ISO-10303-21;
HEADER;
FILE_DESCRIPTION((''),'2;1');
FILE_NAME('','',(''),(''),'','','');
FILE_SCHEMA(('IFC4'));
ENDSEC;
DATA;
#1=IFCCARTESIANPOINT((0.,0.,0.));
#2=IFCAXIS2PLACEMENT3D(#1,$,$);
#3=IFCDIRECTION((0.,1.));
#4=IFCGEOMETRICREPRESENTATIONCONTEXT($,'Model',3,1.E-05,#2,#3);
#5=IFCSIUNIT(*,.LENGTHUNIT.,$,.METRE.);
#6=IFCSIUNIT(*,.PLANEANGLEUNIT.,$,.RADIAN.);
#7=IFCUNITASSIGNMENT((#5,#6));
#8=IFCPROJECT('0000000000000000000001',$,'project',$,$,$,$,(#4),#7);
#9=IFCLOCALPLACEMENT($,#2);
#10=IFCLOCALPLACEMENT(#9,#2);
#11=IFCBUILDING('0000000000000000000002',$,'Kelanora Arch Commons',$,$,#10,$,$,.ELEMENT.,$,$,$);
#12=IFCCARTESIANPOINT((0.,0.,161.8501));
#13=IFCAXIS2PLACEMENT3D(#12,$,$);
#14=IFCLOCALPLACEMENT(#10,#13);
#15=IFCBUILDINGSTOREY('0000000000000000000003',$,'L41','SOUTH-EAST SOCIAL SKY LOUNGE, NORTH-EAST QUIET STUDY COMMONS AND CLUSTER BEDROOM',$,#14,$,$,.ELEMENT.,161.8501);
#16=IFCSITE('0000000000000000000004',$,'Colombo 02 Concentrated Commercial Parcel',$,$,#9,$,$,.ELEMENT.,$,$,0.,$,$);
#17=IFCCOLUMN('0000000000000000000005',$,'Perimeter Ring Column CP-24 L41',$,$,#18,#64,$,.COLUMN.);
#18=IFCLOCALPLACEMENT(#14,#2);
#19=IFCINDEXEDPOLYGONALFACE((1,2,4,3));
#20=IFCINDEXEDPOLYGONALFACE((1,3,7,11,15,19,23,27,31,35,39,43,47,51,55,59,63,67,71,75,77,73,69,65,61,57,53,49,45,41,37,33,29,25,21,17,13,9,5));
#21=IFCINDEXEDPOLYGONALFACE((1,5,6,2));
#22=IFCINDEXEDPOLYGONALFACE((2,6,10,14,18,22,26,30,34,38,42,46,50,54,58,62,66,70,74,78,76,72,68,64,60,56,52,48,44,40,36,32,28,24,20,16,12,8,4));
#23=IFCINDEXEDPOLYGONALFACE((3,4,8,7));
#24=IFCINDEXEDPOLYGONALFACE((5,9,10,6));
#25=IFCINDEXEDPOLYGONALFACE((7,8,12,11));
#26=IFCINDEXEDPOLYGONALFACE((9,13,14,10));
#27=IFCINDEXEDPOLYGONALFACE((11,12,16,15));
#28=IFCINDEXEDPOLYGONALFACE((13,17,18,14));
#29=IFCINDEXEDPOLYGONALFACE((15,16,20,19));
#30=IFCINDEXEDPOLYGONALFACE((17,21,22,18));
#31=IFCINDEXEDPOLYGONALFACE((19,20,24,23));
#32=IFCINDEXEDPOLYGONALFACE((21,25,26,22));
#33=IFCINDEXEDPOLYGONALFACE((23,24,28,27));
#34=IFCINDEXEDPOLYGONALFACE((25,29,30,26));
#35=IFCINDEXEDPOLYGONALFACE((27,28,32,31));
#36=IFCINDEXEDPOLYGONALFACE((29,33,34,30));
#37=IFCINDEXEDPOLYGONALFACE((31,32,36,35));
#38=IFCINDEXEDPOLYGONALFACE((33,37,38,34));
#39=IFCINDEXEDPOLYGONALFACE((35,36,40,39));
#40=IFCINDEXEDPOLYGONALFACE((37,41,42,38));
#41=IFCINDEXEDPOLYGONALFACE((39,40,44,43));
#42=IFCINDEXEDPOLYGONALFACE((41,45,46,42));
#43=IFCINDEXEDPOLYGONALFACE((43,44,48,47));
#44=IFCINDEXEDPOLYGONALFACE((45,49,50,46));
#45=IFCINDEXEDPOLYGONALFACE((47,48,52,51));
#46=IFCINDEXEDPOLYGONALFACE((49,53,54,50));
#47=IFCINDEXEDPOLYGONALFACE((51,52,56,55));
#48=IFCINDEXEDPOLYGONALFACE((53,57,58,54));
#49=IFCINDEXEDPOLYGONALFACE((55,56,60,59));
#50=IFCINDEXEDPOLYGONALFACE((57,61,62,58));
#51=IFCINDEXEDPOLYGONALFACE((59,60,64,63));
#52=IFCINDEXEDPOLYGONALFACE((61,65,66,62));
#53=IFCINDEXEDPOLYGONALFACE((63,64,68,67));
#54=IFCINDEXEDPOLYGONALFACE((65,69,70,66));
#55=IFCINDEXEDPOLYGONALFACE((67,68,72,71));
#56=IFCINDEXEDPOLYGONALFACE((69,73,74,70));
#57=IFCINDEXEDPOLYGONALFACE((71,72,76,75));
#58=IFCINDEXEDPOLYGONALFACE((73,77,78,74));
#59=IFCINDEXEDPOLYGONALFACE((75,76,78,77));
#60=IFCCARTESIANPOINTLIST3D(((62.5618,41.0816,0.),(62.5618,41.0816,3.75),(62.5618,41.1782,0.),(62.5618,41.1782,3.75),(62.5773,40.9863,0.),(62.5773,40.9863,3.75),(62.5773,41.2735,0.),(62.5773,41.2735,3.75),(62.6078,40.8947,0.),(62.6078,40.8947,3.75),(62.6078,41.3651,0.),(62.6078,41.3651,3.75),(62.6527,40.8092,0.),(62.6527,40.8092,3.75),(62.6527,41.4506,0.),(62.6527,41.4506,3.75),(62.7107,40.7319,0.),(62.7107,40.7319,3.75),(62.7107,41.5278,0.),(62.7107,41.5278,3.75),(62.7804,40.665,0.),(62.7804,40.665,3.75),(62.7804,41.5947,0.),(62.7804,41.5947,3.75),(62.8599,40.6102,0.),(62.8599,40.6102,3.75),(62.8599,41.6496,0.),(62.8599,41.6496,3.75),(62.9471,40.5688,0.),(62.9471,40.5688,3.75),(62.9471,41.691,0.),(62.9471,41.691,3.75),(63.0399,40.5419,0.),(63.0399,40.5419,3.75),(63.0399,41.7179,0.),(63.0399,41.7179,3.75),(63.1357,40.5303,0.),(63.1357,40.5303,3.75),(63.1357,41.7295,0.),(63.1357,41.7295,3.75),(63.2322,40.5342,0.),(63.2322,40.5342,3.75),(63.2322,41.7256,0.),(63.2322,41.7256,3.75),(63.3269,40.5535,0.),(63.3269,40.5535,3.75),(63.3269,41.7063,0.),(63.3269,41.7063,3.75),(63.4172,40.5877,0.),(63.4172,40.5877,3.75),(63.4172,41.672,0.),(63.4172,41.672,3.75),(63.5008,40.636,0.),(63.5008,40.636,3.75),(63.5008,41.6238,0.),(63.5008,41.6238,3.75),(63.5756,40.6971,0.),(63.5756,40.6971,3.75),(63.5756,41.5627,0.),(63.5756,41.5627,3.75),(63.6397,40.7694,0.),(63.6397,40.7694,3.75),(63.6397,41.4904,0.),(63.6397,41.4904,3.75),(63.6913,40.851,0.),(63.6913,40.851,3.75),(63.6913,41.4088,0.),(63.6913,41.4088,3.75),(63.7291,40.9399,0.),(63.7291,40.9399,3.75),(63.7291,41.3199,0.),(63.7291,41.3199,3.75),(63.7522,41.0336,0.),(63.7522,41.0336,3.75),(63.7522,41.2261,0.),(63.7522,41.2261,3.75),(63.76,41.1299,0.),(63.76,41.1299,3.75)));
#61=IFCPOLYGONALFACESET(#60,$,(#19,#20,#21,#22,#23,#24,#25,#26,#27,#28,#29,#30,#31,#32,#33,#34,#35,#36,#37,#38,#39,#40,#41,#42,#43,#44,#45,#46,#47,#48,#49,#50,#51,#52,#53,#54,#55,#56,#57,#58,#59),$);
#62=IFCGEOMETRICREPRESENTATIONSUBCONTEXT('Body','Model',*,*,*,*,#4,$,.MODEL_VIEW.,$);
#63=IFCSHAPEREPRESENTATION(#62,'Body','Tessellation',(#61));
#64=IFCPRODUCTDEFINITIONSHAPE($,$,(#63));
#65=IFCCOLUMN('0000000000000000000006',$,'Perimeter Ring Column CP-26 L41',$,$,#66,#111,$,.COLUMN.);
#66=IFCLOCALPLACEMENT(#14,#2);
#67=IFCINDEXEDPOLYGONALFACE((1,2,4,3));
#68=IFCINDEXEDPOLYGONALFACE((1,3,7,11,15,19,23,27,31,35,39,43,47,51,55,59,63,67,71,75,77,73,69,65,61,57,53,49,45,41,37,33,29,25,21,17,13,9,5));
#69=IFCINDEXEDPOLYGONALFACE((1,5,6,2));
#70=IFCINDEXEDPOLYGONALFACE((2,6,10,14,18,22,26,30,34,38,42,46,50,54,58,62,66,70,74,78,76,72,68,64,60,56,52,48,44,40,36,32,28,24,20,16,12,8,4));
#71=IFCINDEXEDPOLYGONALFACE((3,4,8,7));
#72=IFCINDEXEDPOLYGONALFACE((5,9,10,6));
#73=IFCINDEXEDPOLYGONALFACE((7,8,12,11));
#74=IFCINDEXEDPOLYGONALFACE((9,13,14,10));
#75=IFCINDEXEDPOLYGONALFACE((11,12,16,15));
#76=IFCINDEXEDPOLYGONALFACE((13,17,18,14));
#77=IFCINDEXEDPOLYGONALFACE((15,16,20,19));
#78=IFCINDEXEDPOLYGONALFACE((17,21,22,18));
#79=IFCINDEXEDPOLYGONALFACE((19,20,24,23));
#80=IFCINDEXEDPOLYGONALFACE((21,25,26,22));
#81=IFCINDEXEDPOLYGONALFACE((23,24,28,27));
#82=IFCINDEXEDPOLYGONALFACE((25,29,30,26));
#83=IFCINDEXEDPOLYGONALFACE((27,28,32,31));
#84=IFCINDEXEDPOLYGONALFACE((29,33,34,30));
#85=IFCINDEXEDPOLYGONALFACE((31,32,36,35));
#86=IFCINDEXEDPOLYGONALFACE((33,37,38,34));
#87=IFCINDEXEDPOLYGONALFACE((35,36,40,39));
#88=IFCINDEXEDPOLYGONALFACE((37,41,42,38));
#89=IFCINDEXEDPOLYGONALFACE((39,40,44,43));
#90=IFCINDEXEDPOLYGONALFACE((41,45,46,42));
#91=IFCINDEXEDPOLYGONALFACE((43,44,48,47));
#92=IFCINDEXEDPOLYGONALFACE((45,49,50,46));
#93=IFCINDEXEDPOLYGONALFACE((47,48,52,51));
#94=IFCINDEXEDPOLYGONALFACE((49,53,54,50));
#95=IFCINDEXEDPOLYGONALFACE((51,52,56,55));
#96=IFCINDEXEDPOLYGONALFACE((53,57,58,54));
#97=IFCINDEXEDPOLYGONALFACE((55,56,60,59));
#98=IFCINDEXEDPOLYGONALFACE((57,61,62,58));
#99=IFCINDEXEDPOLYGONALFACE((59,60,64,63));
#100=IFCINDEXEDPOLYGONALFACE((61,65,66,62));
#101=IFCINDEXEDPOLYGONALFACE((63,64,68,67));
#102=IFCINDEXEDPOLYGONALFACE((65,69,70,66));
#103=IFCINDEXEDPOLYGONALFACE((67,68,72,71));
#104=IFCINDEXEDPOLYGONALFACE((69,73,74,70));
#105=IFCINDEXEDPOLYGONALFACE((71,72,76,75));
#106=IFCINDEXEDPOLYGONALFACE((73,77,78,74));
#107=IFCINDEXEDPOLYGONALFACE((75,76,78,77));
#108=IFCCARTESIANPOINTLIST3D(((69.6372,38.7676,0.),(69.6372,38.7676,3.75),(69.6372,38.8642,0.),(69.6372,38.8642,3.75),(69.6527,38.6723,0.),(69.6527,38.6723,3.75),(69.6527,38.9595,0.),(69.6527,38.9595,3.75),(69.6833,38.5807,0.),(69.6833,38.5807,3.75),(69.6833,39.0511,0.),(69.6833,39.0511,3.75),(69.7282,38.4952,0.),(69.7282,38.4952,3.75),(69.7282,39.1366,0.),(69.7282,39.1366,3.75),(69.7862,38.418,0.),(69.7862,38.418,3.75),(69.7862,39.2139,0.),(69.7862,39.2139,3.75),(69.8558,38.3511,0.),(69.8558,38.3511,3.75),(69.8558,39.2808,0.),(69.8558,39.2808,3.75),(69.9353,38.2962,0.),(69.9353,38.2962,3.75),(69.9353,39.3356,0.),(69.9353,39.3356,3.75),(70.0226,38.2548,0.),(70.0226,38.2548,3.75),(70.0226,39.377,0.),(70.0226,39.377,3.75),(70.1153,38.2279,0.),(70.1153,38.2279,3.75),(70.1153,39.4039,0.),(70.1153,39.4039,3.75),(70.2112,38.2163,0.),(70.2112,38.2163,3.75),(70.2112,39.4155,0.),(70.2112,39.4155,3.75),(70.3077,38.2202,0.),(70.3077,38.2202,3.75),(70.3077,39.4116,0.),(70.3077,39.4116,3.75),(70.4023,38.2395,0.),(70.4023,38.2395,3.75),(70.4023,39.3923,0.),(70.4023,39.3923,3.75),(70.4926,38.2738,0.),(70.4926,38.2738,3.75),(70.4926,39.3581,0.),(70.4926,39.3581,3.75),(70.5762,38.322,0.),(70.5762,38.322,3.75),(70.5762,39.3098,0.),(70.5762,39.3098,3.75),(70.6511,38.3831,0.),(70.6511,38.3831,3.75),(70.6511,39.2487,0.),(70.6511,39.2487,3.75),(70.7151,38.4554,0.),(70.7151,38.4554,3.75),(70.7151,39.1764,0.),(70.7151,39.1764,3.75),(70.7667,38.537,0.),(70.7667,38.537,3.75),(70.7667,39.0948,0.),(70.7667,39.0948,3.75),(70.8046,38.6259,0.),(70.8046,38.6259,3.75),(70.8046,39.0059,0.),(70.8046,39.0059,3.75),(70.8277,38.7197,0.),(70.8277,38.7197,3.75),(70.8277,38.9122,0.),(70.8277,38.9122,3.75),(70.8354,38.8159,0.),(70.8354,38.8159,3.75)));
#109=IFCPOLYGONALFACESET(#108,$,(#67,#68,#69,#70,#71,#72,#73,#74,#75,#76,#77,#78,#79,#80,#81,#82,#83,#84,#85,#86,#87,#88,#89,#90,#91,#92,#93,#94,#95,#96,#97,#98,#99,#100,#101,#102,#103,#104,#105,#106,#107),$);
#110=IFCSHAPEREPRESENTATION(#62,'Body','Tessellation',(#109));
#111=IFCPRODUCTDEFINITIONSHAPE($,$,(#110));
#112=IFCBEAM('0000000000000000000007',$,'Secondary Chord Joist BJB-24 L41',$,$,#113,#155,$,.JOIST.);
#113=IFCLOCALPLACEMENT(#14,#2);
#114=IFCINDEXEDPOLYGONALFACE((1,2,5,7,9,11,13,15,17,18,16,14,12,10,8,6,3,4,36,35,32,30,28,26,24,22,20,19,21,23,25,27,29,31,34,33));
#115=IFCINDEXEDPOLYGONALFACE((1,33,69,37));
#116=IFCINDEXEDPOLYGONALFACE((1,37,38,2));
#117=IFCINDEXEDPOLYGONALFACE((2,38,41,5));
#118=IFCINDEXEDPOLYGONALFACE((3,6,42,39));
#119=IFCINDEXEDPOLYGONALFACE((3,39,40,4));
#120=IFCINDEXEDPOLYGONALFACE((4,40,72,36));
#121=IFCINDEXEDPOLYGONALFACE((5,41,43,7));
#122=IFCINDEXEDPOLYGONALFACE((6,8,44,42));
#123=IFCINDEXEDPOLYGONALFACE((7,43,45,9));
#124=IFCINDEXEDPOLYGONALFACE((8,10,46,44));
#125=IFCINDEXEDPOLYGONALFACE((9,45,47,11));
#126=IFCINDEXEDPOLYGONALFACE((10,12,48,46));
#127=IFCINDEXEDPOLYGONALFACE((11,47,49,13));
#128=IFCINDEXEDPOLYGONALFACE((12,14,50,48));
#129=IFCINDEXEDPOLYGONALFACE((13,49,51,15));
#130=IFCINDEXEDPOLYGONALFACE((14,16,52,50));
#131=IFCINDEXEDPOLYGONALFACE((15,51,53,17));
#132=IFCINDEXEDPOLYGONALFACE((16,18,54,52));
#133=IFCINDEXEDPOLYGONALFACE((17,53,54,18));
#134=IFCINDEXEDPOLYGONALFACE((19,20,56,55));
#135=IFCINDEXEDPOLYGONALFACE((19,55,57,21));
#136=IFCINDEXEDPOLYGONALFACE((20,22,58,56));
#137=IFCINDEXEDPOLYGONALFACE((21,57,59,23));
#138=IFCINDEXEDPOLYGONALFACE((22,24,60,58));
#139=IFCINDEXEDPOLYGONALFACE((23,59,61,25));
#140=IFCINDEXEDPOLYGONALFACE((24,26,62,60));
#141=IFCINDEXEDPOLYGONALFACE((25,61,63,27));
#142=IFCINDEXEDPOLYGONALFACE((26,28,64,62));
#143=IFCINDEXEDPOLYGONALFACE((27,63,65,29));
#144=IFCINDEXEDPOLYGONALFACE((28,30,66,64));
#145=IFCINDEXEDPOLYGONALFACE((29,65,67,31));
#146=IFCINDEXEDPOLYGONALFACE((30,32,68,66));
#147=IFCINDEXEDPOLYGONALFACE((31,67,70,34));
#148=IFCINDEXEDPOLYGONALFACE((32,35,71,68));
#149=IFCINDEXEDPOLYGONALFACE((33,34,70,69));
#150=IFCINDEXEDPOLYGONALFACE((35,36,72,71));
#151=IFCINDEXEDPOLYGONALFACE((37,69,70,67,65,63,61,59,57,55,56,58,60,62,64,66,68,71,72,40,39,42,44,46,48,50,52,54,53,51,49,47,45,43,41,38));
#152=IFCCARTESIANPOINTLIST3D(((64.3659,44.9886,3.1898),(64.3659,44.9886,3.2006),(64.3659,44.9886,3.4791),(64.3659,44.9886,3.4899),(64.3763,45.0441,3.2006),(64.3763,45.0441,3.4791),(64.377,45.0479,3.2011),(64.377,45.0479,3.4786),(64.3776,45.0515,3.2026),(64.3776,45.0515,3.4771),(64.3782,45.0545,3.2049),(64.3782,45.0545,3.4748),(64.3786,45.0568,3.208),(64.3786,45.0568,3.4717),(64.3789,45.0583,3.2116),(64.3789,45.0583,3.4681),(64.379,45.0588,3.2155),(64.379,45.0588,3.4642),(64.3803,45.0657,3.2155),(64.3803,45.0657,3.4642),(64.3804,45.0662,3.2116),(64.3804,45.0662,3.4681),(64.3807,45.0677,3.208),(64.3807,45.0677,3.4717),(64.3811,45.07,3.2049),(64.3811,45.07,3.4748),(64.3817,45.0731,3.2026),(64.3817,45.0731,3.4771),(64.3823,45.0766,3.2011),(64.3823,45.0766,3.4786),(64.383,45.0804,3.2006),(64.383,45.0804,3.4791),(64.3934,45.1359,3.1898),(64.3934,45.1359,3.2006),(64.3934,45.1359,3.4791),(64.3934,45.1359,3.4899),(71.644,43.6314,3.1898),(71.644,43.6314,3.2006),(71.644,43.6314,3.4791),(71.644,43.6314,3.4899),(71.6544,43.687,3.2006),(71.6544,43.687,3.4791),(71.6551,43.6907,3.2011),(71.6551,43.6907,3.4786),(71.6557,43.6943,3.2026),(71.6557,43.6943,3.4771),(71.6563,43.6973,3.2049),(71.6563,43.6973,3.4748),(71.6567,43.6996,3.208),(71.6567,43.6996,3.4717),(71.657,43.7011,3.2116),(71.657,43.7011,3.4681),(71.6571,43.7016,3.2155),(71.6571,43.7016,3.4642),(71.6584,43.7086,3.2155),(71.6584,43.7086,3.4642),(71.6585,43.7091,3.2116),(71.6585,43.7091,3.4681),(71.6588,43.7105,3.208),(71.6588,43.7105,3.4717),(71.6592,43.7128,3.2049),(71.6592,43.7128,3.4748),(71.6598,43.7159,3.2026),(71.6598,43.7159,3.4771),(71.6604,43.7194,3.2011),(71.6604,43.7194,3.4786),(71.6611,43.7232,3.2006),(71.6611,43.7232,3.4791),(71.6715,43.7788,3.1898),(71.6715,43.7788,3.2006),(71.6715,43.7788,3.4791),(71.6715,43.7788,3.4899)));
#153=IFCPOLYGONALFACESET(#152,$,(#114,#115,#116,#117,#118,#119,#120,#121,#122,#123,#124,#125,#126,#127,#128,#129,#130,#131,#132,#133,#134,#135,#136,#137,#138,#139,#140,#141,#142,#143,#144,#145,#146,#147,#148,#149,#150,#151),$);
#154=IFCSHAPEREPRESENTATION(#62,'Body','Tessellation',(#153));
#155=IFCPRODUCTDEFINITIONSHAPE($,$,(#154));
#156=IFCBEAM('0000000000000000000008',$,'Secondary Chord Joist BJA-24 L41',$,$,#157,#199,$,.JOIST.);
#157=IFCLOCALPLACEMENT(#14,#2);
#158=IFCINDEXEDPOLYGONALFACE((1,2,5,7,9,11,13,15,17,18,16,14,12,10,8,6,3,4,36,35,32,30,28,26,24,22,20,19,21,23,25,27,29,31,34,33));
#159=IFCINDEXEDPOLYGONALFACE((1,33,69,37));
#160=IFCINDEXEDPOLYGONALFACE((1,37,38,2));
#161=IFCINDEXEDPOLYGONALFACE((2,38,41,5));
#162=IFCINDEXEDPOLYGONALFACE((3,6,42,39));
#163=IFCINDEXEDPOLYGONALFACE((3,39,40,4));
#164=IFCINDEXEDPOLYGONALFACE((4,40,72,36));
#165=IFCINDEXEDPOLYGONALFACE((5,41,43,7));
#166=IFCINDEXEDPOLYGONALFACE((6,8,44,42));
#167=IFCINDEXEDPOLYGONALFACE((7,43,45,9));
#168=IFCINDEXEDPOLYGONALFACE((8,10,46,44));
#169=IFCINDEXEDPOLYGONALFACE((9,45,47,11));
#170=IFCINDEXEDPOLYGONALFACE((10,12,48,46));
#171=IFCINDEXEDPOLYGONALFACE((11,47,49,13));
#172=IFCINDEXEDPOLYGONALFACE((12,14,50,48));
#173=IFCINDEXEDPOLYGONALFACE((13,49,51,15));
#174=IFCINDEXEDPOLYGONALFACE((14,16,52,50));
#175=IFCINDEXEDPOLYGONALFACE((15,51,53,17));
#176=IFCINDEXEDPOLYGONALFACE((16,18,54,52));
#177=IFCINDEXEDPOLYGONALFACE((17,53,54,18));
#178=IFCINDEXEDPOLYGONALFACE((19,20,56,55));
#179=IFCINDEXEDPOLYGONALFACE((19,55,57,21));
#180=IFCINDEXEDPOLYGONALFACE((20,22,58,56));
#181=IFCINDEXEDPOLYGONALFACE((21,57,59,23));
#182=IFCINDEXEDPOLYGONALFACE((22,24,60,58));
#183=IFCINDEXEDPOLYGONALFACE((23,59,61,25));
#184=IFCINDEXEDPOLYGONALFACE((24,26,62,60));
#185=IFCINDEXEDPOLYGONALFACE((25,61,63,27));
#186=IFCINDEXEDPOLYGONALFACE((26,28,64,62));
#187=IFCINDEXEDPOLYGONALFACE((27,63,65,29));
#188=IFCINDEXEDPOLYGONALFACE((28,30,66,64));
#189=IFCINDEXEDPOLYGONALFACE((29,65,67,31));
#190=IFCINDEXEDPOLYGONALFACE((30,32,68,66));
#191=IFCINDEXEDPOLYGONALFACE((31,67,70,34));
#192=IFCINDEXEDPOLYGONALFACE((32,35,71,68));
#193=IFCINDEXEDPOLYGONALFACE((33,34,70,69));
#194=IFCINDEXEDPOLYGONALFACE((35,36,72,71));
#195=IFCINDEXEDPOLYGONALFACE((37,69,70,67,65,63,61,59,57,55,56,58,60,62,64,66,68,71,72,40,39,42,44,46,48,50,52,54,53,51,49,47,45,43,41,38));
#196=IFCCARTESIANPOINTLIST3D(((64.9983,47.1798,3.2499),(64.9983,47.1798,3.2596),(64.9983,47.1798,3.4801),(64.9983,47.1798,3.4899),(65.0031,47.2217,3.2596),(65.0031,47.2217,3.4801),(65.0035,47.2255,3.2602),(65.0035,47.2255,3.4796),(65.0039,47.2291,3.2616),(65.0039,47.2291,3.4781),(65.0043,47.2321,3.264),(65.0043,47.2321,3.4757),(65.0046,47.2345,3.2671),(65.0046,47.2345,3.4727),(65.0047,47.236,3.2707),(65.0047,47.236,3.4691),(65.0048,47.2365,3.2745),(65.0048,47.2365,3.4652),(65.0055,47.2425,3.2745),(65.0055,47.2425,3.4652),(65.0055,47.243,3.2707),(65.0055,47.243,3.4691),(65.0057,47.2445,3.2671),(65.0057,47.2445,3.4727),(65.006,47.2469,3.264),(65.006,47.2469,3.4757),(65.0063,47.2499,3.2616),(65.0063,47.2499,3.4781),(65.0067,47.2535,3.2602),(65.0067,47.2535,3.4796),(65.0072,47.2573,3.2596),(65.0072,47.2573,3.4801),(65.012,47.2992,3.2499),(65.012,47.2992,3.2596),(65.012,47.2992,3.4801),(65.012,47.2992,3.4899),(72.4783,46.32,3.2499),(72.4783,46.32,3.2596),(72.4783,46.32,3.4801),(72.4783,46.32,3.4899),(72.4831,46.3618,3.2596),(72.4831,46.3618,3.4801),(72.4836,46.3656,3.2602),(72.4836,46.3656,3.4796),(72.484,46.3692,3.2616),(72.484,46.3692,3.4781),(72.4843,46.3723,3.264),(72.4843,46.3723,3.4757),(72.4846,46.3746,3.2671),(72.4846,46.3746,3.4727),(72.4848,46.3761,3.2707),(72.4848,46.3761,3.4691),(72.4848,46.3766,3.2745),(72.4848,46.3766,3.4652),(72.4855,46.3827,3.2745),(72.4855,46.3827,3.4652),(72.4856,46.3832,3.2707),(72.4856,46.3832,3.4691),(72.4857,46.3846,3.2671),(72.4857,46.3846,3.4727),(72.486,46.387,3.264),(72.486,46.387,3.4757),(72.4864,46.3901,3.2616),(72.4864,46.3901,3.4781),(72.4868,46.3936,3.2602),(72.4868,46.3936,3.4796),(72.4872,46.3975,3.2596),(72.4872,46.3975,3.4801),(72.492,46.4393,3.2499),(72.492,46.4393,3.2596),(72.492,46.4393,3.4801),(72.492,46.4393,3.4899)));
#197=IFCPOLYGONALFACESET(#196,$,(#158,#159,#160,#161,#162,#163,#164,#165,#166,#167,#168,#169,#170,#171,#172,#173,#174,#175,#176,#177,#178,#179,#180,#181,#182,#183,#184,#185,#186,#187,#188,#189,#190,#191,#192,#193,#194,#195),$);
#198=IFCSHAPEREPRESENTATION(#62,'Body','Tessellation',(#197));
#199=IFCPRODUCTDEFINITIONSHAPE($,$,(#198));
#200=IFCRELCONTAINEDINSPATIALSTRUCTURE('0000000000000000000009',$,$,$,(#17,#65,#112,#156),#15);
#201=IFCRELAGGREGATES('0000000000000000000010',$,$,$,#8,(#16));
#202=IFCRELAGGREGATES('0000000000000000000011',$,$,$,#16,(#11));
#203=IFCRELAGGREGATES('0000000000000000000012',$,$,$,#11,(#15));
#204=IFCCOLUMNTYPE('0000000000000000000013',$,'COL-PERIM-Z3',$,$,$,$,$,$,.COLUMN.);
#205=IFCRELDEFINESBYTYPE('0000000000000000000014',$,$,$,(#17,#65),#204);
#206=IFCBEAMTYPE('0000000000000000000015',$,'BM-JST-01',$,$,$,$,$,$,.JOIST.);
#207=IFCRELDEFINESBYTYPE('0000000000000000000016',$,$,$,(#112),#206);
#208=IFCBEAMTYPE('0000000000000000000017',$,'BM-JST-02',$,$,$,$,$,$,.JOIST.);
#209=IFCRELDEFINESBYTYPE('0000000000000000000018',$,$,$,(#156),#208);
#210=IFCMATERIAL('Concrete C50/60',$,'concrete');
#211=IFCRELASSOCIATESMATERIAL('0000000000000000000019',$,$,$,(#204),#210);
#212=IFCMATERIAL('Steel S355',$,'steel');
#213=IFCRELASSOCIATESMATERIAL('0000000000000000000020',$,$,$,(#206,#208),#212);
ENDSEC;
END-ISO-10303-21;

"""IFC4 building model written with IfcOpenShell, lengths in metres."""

from ifc_helpers import new_model, si_unit, direction, frame, origin, origin_2d, place, context, subcontext, project, spatial, circle, i_section, extrude, material, material_profile, profile_set, type_object, element, save


model = new_model("IFC4")

# Units and contexts
model_context = context("Model", 3, precision=1e-05, world=origin(), true_north=direction((0.0, 1.0)))
body_context = subcontext(model_context, "Body", "Model", "MODEL_VIEW")
ifc_project = project(units=[si_unit("LENGTHUNIT", "METRE"), si_unit("PLANEANGLEUNIT", "RADIAN")], contexts=[model_context])

# Site, building, storey
site_placement = place(None, origin())
site = spatial("IfcSite", under=ifc_project, at=site_placement, Name="Colombo 02 Concentrated Commercial Parcel", CompositionType="ELEMENT", RefElevation=0.0)
building_placement = place(site_placement, origin())
building = spatial("IfcBuilding", under=site, at=building_placement, Name="Kelanora Arch Commons", CompositionType="ELEMENT")
storey_placement = place(building_placement, frame((0.0, 0.0, 161.8501)))
storey = spatial("IfcBuildingStorey", under=building, at=storey_placement, Name="L41", Description="SOUTH-EAST SOCIAL SKY LOUNGE, NORTH-EAST QUIET STUDY COMMONS AND CLUSTER BEDROOM", CompositionType="ELEMENT", Elevation=161.8501)

# Columns
ifc_material_1 = material(Name="Concrete C50/60", Category="concrete")
ifc_material_profile_1 = material_profile(ifc_material_1, circle(Radius=0.6001, at=origin_2d()), Name="RCC1200")
ifc_profile_set_1 = profile_set([ifc_material_profile_1], Name="Concrete C50/60")
column_type = type_object("IfcColumnType", Name="COL-PERIM-Z3", PredefinedType="COLUMN", material=ifc_profile_set_1)
for number, where, z_axis, x_axis, name in (
    (1, (63.1599, 41.1299, 0.0), (0.0, 0.0, 1.0), (1.0, 0.0, 0.0), "Perimeter Ring Column CP-24 L41"),
    (2, (70.2354, 38.8159, 0.0), (0.0, 0.0, 1.0), (1.0, 0.0, 0.0), "Perimeter Ring Column CP-26 L41"),
):
    element("IfcColumn", number, at=place(storey_placement, frame(where, z_axis=z_axis, x_axis=x_axis)), inside=storey, type_object=column_type, Name=name, PredefinedType="COLUMN", context=body_context, shape_type="SweptSolid", body=[
        extrude(circle(Radius=0.6001, at=origin_2d()), origin(), (0.0, 0.0, 1.0), 3.75),
    ])

# Beams
ifc_material_2 = material(Name="Steel S355", Category="steel")
ifc_material_profile_2 = material_profile(ifc_material_2, i_section(OverallWidth=0.1499, OverallDepth=0.3, WebThickness=0.0071, FlangeThickness=0.0107, FilletRadius=0.0149, at=origin_2d()), Name="IPE300")
ifc_profile_set_2 = profile_set([ifc_material_profile_2], Name="Steel S355")
beam_type_1 = type_object("IfcBeamType", Name="BM-JST-01", PredefinedType="JOIST", material=ifc_profile_set_2)
beam_1_placement = place(storey_placement, frame((64.3796, 45.0623, 3.3398), z_axis=(0.983054, -0.183315, 0.0), x_axis=(0.183315, 0.983054, 0.0)))
element("IfcBeam", 3, at=beam_1_placement, inside=storey, type_object=beam_type_1, Name="Secondary Chord Joist BJB-24 L41", PredefinedType="JOIST", context=body_context, shape_type="SweptSolid", body=[
    extrude(i_section(OverallWidth=0.1499, OverallDepth=0.3, WebThickness=0.0071, FlangeThickness=0.0107, FilletRadius=0.0149, at=origin_2d()), origin(), (0.0, 0.0, 1.0), 7.4036),
])
ifc_material_profile_3 = material_profile(ifc_material_2, i_section(OverallWidth=0.1201, OverallDepth=0.24, WebThickness=0.0061, FlangeThickness=0.0098, FilletRadius=0.0149, at=origin_2d()), Name="IPE240")
ifc_profile_set_3 = profile_set([ifc_material_profile_3], Name="Steel S355")
beam_type_2 = type_object("IfcBeamType", Name="BM-JST-02", PredefinedType="JOIST", material=ifc_profile_set_3)
beam_2_placement = place(storey_placement, frame((65.0051, 47.2395, 3.3699), z_axis=(0.993457, -0.114203, 0.0), x_axis=(0.114203, 0.993457, 0.0)))
element("IfcBeam", 4, at=beam_2_placement, inside=storey, type_object=beam_type_2, Name="Secondary Chord Joist BJA-24 L41", PredefinedType="JOIST", context=body_context, shape_type="SweptSolid", body=[
    extrude(i_section(OverallWidth=0.1201, OverallDepth=0.24, WebThickness=0.0061, FlangeThickness=0.0098, FilletRadius=0.0149, at=origin_2d()), origin(), (0.0, 0.0, 1.0), 7.5293),
])

save(model, "model.ifc")
